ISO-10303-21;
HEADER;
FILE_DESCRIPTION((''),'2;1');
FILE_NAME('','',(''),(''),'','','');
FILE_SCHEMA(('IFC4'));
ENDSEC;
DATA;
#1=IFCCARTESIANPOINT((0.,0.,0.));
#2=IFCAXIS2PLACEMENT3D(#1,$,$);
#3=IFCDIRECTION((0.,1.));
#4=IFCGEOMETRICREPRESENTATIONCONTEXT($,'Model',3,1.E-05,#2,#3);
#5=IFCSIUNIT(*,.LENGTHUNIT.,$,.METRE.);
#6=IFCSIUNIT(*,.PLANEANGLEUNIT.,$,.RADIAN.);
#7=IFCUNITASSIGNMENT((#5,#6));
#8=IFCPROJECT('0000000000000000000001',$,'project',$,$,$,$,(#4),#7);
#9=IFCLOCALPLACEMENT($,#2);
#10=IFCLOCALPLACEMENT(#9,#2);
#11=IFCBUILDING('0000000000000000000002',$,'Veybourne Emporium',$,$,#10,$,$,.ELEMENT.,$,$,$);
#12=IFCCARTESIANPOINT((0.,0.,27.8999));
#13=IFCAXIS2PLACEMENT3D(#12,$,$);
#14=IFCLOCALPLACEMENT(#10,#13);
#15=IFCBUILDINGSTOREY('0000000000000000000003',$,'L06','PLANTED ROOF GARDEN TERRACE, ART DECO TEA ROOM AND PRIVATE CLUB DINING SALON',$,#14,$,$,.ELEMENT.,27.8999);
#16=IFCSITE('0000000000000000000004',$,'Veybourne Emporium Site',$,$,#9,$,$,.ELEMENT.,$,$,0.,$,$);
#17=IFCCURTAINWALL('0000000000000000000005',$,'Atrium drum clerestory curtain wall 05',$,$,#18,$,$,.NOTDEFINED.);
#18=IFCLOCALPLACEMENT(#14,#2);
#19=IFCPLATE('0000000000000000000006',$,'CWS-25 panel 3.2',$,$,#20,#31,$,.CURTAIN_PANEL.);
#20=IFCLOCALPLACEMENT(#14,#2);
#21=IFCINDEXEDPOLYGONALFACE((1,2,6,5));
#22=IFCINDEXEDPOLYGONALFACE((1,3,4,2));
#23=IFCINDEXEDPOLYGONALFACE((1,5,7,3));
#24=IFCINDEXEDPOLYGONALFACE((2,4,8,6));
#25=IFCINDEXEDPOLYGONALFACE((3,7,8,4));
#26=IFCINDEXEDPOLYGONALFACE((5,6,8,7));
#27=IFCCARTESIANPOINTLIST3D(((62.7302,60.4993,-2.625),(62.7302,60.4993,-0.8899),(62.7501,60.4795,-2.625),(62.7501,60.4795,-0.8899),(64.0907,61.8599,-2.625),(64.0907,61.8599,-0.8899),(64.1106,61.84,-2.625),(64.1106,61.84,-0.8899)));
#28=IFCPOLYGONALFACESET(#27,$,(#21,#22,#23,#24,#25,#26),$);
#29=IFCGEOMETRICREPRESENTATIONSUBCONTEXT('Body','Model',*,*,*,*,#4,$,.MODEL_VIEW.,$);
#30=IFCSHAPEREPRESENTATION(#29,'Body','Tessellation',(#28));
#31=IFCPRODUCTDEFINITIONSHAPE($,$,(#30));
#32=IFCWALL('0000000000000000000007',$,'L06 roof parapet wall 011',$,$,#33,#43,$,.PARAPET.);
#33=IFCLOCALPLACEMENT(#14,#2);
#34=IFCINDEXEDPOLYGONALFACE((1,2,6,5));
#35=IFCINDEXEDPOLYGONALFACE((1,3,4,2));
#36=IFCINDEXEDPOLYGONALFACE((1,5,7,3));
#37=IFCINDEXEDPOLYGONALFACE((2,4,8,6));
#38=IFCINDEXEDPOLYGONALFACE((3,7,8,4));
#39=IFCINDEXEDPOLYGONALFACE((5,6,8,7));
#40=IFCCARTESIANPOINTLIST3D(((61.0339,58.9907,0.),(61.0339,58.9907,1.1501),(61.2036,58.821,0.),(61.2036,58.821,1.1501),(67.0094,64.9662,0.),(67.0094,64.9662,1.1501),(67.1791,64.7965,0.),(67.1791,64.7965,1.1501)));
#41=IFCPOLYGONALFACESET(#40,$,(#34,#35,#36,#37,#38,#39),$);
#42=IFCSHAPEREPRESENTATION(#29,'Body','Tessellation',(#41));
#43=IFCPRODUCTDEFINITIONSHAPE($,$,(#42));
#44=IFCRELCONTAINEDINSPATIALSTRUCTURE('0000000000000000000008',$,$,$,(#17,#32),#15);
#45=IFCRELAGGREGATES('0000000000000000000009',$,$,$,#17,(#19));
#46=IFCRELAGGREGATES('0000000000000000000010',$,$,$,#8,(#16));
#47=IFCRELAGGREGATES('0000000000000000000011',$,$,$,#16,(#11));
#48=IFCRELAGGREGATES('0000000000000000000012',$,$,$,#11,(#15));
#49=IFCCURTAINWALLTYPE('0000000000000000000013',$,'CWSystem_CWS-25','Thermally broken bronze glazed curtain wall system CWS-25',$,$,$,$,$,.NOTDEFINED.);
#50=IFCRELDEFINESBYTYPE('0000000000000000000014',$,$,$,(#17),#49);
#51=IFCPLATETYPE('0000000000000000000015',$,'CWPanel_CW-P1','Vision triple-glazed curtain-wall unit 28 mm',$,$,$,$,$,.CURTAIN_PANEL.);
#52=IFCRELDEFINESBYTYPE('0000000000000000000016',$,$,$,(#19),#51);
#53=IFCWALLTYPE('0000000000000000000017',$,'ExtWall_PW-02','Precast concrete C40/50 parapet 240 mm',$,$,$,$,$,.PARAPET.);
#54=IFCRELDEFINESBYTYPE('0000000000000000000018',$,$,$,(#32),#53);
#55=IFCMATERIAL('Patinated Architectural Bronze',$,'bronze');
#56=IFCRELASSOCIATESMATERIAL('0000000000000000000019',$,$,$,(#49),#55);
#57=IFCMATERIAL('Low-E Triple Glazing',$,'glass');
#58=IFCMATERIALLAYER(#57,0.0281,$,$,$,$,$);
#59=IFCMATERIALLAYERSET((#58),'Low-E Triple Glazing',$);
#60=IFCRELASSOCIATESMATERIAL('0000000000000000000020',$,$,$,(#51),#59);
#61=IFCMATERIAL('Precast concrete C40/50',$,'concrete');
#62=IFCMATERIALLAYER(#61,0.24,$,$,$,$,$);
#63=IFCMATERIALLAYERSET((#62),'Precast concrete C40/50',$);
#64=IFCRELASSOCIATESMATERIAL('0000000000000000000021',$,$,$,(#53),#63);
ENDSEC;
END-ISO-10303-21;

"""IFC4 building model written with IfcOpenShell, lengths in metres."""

from ifc_helpers import new_model, si_unit, direction, frame, frame_2d, origin, origin_2d, place, context, subcontext, project, spatial, rectangle, extrude, material, layer, layer_set, type_object, element, aggregate, save


model = new_model("IFC4")

# Units and contexts
model_context = context("Model", 3, precision=1e-05, world=origin(), true_north=direction((0.0, 1.0)))
body_context = subcontext(model_context, "Body", "Model", "MODEL_VIEW")
ifc_project = project(units=[si_unit("LENGTHUNIT", "METRE"), si_unit("PLANEANGLEUNIT", "RADIAN")], contexts=[model_context])

# Site, building, storey
site_placement = place(None, origin())
site = spatial("IfcSite", under=ifc_project, at=site_placement, Name="Veybourne Emporium Site", CompositionType="ELEMENT", RefElevation=0.0)
building_placement = place(site_placement, origin())
building = spatial("IfcBuilding", under=site, at=building_placement, Name="Veybourne Emporium", CompositionType="ELEMENT")
storey_placement = place(building_placement, frame((0.0, 0.0, 27.8999)))
storey = spatial("IfcBuildingStorey", under=building, at=storey_placement, Name="L06", Description="PLANTED ROOF GARDEN TERRACE, ART DECO TEA ROOM AND PRIVATE CLUB DINING SALON", CompositionType="ELEMENT", Elevation=27.8999)

# Curtain wall
ifc_material_1 = material(Name="Patinated Architectural Bronze", Category="bronze")
curtain_wall_type_1 = type_object("IfcCurtainWallType", Name="CWSystem_CWS-25", Description="Thermally broken bronze glazed curtain wall system CWS-25", PredefinedType="NOTDEFINED", material=ifc_material_1)
curtain_wall_1_placement = place(storey_placement, origin())
curtain_wall_1 = element("IfcCurtainWall", 1, at=curtain_wall_1_placement, inside=storey, type_object=curtain_wall_type_1, Name="Atrium drum clerestory curtain wall 05", PredefinedType="NOTDEFINED")

# Plate
ifc_material_2 = material(Name="Low-E Triple Glazing", Category="glass")
ifc_layer_1 = layer(ifc_material_2, 0.0281)
ifc_layer_set_1 = layer_set([ifc_layer_1], Name="Low-E Triple Glazing")
plate_type = type_object("IfcPlateType", Name="CWPanel_CW-P1", Description="Vision triple-glazed curtain-wall unit 28 mm", PredefinedType="CURTAIN_PANEL", material=ifc_layer_set_1)
plate_1_placement = place(storey_placement, frame((63.4204, 61.1697, -2.625), z_axis=(0.0, 0.0, 1.0), x_axis=(-0.707107, -0.707107, 0.0)))
plate_1 = element("IfcPlate", 2, at=plate_1_placement, type_object=plate_type, Name="CWS-25 panel 3.2", PredefinedType="CURTAIN_PANEL", context=body_context, shape_type="SweptSolid", body=[
    extrude(rectangle(XDim=1.9241, YDim=0.0281, at=origin_2d()), origin(), (0.0, 0.0, 1.0), 1.7351),
])
aggregate(curtain_wall_1, [plate_1])

# Wall
ifc_material_3 = material(Name="Precast concrete C40/50", Category="concrete")
ifc_layer_2 = layer(ifc_material_3, 0.24)
ifc_layer_set_2 = layer_set([ifc_layer_2], Name="Precast concrete C40/50")
wall_type = type_object("IfcWallType", Name="ExtWall_PW-02", Description="Precast concrete C40/50 parapet 240 mm", PredefinedType="PARAPET", material=ifc_layer_set_2)
wall_placement = place(storey_placement, frame((67.0942, 64.8813, 0.0), z_axis=(0.0, 0.0, 1.0), x_axis=(-0.707107, -0.707107, 0.0)))
element("IfcWall", 3, at=wall_placement, inside=storey, type_object=wall_type, Name="L06 roof parapet wall 011", PredefinedType="PARAPET", context=body_context, shape_type="SweptSolid", body=[
    extrude(rectangle(XDim=8.4507, YDim=0.24, at=frame_2d((4.2253, 0.0))), origin(), (0.0, 0.0, 1.0), 1.1501),
])

save(model, "model.ifc")
